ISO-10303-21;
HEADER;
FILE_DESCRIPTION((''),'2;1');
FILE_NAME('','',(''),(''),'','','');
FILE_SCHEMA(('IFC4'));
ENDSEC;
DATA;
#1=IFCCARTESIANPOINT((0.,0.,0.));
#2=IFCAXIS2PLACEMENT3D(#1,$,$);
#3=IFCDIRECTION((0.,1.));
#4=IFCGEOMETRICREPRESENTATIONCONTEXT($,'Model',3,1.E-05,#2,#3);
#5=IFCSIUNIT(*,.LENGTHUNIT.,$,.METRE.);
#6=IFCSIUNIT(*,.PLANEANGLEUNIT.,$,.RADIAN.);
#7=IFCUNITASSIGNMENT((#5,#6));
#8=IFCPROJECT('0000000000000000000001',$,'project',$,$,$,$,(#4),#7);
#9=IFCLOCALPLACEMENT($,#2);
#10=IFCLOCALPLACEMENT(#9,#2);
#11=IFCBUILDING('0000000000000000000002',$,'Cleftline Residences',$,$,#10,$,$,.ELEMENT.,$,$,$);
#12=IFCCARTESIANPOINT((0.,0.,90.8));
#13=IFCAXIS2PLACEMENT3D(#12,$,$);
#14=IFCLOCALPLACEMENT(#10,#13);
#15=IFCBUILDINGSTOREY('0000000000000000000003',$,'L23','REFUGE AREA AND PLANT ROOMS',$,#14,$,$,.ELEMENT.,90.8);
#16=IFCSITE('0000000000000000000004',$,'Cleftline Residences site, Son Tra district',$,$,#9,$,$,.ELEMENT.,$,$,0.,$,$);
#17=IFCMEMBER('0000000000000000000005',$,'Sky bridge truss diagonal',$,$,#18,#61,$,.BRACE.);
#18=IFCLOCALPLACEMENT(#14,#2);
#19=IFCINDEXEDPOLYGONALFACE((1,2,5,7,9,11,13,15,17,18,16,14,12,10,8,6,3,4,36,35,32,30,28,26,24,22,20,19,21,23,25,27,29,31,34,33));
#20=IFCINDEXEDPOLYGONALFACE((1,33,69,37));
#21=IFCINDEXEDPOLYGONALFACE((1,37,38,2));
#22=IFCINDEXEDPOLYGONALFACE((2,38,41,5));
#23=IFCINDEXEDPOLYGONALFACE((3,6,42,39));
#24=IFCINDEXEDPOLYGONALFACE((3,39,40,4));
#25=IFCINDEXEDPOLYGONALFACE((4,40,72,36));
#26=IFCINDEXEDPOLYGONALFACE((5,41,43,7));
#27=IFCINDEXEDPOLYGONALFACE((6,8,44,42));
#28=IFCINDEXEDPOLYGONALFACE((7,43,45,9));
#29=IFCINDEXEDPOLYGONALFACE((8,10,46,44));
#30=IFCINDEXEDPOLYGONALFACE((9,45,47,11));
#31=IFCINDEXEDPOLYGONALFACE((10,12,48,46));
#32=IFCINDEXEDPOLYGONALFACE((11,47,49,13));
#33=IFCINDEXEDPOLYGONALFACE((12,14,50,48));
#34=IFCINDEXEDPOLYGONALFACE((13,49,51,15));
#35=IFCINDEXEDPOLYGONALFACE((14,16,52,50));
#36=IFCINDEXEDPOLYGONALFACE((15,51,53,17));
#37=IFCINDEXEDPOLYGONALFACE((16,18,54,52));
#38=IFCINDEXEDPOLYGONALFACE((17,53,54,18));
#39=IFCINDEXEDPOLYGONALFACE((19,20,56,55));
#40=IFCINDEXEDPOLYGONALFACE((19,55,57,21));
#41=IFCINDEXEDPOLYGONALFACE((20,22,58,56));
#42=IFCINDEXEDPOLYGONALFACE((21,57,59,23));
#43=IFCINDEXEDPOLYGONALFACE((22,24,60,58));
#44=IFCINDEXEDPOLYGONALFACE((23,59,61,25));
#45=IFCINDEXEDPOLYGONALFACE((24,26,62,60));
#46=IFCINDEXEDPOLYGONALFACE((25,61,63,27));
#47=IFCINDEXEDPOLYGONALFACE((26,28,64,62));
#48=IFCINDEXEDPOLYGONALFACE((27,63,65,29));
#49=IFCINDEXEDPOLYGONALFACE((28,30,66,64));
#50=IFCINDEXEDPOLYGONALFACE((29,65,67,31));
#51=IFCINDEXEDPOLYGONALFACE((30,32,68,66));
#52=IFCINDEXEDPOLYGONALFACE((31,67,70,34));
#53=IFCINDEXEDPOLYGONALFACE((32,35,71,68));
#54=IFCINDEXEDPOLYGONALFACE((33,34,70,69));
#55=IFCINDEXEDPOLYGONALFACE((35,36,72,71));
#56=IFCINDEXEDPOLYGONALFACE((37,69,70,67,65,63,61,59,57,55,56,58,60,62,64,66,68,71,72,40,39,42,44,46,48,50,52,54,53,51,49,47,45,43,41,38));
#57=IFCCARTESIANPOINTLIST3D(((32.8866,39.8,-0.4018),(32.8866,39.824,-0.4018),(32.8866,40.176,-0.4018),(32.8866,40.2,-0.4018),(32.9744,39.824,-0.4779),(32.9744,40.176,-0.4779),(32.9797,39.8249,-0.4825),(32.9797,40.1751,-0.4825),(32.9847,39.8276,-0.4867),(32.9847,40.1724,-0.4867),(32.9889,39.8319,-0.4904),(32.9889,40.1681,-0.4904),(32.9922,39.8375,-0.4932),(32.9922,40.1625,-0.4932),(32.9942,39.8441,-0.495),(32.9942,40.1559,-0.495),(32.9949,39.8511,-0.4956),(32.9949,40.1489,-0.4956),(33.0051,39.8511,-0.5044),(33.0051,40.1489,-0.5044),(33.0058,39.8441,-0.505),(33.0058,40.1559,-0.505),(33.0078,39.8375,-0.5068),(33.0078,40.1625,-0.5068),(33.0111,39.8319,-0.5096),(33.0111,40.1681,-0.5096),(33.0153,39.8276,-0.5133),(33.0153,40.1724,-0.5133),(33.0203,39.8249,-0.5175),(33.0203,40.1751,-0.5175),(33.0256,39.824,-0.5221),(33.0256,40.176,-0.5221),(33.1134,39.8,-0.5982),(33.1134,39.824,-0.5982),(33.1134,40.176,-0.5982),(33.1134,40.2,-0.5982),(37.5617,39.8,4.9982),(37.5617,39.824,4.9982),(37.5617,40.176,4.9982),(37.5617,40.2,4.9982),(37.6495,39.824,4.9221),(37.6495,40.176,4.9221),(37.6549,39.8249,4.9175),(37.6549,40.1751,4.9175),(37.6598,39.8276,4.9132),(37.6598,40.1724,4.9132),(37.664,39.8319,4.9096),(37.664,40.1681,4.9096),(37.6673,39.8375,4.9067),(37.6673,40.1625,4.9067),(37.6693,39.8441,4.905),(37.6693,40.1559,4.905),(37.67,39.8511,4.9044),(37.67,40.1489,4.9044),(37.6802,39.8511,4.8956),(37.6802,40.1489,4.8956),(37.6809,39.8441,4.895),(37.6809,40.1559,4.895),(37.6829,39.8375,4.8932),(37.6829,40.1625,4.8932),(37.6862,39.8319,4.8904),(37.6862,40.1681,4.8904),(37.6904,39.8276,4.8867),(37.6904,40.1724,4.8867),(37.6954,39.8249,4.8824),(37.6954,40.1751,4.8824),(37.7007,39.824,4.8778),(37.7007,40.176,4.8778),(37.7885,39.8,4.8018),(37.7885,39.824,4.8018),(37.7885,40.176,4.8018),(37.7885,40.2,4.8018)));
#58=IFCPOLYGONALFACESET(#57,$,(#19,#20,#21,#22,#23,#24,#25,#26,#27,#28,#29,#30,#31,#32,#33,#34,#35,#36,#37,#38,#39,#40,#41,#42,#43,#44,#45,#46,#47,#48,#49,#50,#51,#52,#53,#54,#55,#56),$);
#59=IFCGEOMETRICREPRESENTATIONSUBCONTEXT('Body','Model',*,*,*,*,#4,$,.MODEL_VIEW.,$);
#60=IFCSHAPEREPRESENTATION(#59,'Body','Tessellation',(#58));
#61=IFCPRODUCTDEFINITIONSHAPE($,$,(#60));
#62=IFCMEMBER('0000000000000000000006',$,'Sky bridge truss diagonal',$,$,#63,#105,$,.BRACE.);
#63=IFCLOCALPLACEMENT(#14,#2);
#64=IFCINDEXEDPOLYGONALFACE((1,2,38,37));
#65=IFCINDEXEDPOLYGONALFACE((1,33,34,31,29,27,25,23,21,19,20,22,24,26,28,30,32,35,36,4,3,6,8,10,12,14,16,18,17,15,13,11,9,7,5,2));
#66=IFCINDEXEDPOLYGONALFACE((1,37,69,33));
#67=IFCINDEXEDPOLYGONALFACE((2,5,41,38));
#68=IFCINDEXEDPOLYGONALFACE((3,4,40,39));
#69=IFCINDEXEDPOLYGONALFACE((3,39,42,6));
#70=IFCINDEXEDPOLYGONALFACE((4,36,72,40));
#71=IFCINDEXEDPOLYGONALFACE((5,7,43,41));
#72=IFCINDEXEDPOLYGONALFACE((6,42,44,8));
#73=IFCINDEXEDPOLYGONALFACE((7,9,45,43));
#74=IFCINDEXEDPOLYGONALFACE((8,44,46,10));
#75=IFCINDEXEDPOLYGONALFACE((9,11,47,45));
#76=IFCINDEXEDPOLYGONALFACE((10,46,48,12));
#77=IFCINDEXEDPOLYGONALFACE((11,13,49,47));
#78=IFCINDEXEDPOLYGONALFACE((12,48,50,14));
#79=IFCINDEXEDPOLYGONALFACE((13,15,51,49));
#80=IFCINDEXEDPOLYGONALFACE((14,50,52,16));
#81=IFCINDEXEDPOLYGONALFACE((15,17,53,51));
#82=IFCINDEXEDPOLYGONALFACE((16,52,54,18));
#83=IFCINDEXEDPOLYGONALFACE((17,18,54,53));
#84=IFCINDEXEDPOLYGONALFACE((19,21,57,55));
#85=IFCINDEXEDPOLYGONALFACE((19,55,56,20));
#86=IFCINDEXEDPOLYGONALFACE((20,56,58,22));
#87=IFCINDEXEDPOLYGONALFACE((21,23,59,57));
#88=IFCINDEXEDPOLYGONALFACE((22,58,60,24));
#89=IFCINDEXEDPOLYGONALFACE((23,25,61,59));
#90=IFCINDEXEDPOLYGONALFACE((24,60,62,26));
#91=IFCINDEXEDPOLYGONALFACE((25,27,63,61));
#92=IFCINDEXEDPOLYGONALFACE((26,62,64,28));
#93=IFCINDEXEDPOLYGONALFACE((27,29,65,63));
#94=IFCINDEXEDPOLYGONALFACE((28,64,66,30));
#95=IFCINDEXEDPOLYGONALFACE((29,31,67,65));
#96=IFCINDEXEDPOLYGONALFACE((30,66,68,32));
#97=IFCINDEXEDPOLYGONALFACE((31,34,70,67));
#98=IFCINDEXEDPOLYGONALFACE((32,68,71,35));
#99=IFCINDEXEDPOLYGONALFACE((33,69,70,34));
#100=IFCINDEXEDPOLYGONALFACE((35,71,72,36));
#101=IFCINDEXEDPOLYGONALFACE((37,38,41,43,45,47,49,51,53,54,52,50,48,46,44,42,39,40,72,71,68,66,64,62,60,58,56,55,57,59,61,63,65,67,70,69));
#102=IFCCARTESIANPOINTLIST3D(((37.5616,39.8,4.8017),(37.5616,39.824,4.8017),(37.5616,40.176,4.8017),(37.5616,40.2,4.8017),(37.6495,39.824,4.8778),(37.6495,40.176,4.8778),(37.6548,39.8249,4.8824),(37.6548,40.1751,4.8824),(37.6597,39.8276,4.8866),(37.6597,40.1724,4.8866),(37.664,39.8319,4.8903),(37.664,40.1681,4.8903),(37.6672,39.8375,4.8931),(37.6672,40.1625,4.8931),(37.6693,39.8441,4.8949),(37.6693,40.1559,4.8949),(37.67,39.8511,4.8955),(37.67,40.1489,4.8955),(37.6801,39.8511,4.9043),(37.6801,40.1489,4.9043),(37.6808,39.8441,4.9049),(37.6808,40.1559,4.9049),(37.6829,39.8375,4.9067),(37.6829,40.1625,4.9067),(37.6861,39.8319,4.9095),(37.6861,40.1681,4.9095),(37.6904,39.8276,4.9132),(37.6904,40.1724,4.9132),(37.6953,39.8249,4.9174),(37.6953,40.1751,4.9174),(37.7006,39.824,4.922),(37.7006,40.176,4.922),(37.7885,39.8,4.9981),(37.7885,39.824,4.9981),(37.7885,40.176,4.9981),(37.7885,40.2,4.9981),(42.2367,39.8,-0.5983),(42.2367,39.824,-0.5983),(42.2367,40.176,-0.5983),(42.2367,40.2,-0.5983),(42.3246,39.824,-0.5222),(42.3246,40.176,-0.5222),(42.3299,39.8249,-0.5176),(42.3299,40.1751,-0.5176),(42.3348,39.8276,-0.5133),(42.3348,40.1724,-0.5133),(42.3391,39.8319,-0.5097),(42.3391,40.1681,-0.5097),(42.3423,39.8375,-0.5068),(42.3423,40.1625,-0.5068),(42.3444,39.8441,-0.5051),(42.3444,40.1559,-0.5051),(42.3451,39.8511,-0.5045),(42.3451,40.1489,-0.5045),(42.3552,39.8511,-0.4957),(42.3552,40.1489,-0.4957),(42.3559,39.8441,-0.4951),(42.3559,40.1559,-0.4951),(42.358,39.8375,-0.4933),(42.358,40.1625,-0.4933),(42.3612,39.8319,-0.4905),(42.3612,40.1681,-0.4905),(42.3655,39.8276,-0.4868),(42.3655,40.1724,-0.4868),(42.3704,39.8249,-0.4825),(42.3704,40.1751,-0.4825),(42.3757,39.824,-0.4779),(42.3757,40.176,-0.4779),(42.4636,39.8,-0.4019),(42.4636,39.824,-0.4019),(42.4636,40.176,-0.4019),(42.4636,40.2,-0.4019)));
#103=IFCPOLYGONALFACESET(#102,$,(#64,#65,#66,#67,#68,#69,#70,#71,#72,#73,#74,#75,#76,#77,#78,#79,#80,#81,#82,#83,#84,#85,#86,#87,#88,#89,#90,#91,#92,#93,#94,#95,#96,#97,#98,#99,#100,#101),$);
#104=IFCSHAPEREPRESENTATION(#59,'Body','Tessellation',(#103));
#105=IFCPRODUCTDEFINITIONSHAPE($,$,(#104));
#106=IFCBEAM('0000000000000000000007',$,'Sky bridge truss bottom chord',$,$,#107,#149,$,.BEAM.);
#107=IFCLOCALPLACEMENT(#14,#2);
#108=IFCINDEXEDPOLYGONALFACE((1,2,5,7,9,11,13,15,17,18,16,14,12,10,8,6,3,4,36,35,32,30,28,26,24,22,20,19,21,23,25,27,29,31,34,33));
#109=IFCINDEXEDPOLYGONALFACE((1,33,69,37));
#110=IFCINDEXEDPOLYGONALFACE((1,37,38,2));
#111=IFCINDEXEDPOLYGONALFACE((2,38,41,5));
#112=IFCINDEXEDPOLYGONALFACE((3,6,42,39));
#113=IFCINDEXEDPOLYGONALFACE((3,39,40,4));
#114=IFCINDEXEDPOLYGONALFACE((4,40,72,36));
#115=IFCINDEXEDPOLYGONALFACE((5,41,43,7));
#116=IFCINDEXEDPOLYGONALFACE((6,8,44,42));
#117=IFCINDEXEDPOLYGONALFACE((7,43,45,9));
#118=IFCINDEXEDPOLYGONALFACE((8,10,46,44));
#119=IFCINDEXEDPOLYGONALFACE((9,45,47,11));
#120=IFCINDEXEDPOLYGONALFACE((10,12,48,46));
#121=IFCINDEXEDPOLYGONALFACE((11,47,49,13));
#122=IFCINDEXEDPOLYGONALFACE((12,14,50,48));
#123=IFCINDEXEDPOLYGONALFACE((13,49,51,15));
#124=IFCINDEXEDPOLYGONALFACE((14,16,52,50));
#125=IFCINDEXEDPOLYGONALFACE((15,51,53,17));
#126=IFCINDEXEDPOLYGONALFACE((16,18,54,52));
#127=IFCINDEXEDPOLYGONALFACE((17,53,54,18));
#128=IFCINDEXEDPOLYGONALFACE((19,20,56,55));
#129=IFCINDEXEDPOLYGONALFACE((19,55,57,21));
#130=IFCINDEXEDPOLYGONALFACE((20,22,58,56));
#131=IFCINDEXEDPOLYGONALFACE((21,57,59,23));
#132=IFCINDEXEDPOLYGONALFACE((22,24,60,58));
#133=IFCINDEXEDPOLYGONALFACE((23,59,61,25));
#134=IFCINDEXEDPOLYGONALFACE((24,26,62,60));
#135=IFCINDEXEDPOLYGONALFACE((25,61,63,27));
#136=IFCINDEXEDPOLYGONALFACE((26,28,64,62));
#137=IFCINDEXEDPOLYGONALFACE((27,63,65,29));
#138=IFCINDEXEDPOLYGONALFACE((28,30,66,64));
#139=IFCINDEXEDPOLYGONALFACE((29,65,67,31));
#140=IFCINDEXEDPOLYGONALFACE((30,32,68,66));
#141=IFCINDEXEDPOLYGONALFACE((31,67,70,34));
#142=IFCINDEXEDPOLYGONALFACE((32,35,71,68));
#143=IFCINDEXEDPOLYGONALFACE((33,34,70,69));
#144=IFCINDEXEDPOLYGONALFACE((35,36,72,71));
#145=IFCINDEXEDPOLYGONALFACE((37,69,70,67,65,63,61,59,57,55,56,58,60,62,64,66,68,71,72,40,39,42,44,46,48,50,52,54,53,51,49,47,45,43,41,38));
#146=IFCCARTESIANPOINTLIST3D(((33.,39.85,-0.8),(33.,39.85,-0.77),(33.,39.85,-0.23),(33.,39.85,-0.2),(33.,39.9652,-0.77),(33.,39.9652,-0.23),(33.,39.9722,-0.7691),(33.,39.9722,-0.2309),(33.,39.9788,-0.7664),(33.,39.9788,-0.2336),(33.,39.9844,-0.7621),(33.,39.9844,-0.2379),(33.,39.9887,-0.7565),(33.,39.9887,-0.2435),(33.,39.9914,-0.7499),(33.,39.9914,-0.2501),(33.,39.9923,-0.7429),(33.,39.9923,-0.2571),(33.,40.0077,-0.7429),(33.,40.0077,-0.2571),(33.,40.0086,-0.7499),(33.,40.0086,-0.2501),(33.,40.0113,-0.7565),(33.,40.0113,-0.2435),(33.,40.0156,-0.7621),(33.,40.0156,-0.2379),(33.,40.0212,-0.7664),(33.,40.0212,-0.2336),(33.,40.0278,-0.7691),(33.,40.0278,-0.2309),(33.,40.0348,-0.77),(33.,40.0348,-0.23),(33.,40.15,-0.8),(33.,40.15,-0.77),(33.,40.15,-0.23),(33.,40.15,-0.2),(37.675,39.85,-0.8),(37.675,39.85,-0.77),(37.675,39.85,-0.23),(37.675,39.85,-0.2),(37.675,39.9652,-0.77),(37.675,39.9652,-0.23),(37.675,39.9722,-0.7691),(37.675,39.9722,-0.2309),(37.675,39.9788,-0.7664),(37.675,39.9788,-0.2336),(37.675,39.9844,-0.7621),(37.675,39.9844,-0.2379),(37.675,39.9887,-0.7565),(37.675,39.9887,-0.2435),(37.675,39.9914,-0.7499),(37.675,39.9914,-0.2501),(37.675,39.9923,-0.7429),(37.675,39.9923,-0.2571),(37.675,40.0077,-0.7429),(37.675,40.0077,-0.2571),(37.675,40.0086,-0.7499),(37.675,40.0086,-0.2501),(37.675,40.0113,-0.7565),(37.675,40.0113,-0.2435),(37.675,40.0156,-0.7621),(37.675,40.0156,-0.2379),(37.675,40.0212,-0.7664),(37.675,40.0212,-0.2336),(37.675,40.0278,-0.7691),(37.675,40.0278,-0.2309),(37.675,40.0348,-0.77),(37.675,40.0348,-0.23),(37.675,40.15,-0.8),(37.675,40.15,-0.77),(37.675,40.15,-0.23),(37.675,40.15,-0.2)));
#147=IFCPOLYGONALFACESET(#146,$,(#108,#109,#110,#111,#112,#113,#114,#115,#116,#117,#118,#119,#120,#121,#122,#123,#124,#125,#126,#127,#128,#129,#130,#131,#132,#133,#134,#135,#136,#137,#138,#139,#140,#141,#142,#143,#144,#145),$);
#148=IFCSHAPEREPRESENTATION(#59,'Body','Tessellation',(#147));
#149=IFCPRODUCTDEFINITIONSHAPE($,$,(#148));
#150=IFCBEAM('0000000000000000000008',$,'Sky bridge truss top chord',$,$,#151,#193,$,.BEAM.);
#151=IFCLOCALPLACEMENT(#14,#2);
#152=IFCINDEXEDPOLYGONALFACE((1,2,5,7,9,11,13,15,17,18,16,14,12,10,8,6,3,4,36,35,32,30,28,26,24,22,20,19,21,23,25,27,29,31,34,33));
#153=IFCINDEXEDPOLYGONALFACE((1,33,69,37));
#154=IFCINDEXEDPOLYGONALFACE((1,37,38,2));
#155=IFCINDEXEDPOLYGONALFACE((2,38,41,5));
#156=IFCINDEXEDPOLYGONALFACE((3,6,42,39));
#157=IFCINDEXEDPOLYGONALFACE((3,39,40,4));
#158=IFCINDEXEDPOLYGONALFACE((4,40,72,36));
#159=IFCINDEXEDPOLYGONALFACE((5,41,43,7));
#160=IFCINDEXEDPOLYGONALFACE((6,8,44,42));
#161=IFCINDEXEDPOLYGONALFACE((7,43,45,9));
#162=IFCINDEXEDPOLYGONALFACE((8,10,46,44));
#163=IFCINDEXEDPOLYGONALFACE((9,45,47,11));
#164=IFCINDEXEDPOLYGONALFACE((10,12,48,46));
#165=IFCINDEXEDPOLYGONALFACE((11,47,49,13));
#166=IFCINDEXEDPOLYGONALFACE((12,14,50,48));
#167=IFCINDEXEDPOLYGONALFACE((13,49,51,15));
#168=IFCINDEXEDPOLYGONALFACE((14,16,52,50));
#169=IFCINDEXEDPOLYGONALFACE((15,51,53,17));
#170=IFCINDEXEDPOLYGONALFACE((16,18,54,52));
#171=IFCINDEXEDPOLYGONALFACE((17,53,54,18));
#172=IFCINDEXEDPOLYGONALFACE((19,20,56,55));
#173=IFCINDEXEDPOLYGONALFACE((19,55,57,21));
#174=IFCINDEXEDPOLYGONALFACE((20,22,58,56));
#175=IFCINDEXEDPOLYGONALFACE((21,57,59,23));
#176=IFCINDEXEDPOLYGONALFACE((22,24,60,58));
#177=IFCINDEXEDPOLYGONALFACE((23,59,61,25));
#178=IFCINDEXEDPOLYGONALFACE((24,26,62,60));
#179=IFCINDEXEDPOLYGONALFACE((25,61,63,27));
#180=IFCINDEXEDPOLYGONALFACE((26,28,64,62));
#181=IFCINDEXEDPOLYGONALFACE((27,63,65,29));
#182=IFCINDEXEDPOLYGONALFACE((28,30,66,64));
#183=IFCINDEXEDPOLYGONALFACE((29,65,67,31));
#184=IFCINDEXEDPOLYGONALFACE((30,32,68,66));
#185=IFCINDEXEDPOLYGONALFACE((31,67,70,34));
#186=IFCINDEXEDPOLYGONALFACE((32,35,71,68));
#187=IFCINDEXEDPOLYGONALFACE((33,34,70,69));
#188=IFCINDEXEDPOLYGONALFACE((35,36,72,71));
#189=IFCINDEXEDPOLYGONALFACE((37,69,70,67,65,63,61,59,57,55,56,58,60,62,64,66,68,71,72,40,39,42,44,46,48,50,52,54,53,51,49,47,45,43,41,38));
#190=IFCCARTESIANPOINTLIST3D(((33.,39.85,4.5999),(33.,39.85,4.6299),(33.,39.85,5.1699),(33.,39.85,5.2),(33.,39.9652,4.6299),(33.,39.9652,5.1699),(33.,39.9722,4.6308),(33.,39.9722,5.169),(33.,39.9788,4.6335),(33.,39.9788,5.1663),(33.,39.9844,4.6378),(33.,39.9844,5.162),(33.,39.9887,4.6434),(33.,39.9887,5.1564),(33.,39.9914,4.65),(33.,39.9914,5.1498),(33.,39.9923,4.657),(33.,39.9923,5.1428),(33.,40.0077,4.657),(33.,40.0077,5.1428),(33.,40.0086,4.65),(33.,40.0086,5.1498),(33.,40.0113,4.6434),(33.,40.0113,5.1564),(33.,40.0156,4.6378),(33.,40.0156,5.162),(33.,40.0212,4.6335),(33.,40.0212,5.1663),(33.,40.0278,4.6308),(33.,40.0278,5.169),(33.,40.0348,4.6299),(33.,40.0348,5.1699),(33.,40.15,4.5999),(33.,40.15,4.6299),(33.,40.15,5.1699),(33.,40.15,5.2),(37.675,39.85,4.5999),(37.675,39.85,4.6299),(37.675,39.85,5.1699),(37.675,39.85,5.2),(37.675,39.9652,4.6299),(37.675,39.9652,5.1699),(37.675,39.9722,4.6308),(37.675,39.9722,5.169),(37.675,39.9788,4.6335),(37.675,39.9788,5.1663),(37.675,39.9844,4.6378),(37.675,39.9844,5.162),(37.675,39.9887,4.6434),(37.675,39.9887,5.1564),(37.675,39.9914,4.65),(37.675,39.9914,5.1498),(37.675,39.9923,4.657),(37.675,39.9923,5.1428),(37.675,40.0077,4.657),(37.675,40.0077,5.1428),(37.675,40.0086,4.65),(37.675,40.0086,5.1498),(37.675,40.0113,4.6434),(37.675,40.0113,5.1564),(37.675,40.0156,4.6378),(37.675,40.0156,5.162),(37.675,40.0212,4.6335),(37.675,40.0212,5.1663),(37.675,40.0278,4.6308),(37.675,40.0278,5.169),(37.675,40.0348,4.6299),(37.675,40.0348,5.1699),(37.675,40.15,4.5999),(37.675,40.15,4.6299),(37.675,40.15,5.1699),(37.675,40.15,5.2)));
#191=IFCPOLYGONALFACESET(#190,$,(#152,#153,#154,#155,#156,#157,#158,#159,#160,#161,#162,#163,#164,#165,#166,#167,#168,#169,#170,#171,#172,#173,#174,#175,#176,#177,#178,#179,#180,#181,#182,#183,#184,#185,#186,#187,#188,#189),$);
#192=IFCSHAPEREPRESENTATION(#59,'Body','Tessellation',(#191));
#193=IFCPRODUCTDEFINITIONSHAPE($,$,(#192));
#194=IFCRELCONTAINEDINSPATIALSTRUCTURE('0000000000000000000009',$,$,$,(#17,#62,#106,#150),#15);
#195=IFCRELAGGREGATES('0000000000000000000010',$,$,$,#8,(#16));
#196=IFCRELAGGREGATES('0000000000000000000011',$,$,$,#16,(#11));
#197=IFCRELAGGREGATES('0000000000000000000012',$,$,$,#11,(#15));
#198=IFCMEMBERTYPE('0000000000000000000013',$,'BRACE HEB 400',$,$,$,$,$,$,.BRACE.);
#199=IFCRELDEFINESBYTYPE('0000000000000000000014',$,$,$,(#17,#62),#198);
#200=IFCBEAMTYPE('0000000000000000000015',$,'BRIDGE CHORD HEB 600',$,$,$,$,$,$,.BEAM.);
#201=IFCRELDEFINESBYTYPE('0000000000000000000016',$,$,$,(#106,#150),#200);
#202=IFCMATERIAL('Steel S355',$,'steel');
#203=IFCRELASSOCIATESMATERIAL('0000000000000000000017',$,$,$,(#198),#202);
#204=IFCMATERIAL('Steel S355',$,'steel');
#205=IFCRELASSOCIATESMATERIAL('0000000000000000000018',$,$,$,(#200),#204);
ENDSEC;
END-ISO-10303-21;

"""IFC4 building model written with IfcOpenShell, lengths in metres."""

from ifc_helpers import new_model, si_unit, direction, frame, origin, origin_2d, place, context, subcontext, project, spatial, i_section, extrude, material, material_profile, profile_set, type_object, element, save


model = new_model("IFC4")

# Units and contexts
model_context = context("Model", 3, precision=1e-05, world=origin(), true_north=direction((0.0, 1.0)))
body_context = subcontext(model_context, "Body", "Model", "MODEL_VIEW")
ifc_project = project(units=[si_unit("LENGTHUNIT", "METRE"), si_unit("PLANEANGLEUNIT", "RADIAN")], contexts=[model_context])

# Site, building, storey
site_placement = place(None, origin())
site = spatial("IfcSite", under=ifc_project, at=site_placement, Name="Cleftline Residences site, Son Tra district", CompositionType="ELEMENT", RefElevation=0.0)
building_placement = place(site_placement, origin())
building = spatial("IfcBuilding", under=site, at=building_placement, Name="Cleftline Residences", CompositionType="ELEMENT")
storey_placement = place(building_placement, frame((0.0, 0.0, 90.8)))
storey = spatial("IfcBuildingStorey", under=building, at=storey_placement, Name="L23", Description="REFUGE AREA AND PLANT ROOMS", CompositionType="ELEMENT", Elevation=90.8)

# Members
ifc_material_1 = material(Name="Steel S355", Category="steel")
ifc_material_profile_1 = material_profile(ifc_material_1, i_section(OverallWidth=0.3, OverallDepth=0.3999, WebThickness=0.0134, FlangeThickness=0.0239, FilletRadius=0.0271, at=origin_2d()))
ifc_profile_set_1 = profile_set([ifc_material_profile_1], Name="Steel S355")
member_type_1 = type_object("IfcMemberType", Name="BRACE HEB 400", PredefinedType="BRACE", material=ifc_profile_set_1)
for number, where, z_axis, x_axis, name in (
    (1, (33.0, 40.0, -0.5), (0.654541, 0.0, 0.756026), (-0.756026, 0.0, 0.654541), "Sky bridge truss diagonal"),
    (2, (37.675, 40.0, 4.8999), (0.654541, 0.0, -0.756026), (0.756026, 0.0, 0.654541), "Sky bridge truss diagonal"),
):
    element("IfcMember", number, at=place(storey_placement, frame(where, z_axis=z_axis, x_axis=x_axis)), inside=storey, type_object=member_type_1, Name=name, PredefinedType="BRACE", context=body_context, shape_type="SweptSolid", body=[
        extrude(i_section(OverallWidth=0.3, OverallDepth=0.3999, WebThickness=0.0134, FlangeThickness=0.0239, FilletRadius=0.0271, at=origin_2d()), origin(), (0.0, 0.0, 1.0), 7.1426),
    ])

# Beams
ifc_material_2 = material(Name="Steel S355", Category="steel")
ifc_material_profile_2 = material_profile(ifc_material_2, i_section(OverallWidth=0.3, OverallDepth=0.6001, WebThickness=0.0154, FlangeThickness=0.03, FilletRadius=0.0271, at=origin_2d()))
ifc_profile_set_2 = profile_set([ifc_material_profile_2], Name="Steel S355")
beam_type_1 = type_object("IfcBeamType", Name="BRIDGE CHORD HEB 600", PredefinedType="BEAM", material=ifc_profile_set_2)
for number, where, z_axis, x_axis, name in (
    (3, (33.0, 40.0, -0.5), (1.0, 0.0, 0.0), (0.0, 1.0, 0.0), "Sky bridge truss bottom chord"),
    (4, (33.0, 40.0, 4.8999), (1.0, 0.0, 0.0), (0.0, 1.0, 0.0), "Sky bridge truss top chord"),
):
    element("IfcBeam", number, at=place(storey_placement, frame(where, z_axis=z_axis, x_axis=x_axis)), inside=storey, type_object=beam_type_1, Name=name, PredefinedType="BEAM", context=body_context, shape_type="SweptSolid", body=[
        extrude(i_section(OverallWidth=0.3, OverallDepth=0.6001, WebThickness=0.0154, FlangeThickness=0.03, FilletRadius=0.0271, at=origin_2d()), origin(), (0.0, 0.0, 1.0), 4.675),
    ])

save(model, "model.ifc")
